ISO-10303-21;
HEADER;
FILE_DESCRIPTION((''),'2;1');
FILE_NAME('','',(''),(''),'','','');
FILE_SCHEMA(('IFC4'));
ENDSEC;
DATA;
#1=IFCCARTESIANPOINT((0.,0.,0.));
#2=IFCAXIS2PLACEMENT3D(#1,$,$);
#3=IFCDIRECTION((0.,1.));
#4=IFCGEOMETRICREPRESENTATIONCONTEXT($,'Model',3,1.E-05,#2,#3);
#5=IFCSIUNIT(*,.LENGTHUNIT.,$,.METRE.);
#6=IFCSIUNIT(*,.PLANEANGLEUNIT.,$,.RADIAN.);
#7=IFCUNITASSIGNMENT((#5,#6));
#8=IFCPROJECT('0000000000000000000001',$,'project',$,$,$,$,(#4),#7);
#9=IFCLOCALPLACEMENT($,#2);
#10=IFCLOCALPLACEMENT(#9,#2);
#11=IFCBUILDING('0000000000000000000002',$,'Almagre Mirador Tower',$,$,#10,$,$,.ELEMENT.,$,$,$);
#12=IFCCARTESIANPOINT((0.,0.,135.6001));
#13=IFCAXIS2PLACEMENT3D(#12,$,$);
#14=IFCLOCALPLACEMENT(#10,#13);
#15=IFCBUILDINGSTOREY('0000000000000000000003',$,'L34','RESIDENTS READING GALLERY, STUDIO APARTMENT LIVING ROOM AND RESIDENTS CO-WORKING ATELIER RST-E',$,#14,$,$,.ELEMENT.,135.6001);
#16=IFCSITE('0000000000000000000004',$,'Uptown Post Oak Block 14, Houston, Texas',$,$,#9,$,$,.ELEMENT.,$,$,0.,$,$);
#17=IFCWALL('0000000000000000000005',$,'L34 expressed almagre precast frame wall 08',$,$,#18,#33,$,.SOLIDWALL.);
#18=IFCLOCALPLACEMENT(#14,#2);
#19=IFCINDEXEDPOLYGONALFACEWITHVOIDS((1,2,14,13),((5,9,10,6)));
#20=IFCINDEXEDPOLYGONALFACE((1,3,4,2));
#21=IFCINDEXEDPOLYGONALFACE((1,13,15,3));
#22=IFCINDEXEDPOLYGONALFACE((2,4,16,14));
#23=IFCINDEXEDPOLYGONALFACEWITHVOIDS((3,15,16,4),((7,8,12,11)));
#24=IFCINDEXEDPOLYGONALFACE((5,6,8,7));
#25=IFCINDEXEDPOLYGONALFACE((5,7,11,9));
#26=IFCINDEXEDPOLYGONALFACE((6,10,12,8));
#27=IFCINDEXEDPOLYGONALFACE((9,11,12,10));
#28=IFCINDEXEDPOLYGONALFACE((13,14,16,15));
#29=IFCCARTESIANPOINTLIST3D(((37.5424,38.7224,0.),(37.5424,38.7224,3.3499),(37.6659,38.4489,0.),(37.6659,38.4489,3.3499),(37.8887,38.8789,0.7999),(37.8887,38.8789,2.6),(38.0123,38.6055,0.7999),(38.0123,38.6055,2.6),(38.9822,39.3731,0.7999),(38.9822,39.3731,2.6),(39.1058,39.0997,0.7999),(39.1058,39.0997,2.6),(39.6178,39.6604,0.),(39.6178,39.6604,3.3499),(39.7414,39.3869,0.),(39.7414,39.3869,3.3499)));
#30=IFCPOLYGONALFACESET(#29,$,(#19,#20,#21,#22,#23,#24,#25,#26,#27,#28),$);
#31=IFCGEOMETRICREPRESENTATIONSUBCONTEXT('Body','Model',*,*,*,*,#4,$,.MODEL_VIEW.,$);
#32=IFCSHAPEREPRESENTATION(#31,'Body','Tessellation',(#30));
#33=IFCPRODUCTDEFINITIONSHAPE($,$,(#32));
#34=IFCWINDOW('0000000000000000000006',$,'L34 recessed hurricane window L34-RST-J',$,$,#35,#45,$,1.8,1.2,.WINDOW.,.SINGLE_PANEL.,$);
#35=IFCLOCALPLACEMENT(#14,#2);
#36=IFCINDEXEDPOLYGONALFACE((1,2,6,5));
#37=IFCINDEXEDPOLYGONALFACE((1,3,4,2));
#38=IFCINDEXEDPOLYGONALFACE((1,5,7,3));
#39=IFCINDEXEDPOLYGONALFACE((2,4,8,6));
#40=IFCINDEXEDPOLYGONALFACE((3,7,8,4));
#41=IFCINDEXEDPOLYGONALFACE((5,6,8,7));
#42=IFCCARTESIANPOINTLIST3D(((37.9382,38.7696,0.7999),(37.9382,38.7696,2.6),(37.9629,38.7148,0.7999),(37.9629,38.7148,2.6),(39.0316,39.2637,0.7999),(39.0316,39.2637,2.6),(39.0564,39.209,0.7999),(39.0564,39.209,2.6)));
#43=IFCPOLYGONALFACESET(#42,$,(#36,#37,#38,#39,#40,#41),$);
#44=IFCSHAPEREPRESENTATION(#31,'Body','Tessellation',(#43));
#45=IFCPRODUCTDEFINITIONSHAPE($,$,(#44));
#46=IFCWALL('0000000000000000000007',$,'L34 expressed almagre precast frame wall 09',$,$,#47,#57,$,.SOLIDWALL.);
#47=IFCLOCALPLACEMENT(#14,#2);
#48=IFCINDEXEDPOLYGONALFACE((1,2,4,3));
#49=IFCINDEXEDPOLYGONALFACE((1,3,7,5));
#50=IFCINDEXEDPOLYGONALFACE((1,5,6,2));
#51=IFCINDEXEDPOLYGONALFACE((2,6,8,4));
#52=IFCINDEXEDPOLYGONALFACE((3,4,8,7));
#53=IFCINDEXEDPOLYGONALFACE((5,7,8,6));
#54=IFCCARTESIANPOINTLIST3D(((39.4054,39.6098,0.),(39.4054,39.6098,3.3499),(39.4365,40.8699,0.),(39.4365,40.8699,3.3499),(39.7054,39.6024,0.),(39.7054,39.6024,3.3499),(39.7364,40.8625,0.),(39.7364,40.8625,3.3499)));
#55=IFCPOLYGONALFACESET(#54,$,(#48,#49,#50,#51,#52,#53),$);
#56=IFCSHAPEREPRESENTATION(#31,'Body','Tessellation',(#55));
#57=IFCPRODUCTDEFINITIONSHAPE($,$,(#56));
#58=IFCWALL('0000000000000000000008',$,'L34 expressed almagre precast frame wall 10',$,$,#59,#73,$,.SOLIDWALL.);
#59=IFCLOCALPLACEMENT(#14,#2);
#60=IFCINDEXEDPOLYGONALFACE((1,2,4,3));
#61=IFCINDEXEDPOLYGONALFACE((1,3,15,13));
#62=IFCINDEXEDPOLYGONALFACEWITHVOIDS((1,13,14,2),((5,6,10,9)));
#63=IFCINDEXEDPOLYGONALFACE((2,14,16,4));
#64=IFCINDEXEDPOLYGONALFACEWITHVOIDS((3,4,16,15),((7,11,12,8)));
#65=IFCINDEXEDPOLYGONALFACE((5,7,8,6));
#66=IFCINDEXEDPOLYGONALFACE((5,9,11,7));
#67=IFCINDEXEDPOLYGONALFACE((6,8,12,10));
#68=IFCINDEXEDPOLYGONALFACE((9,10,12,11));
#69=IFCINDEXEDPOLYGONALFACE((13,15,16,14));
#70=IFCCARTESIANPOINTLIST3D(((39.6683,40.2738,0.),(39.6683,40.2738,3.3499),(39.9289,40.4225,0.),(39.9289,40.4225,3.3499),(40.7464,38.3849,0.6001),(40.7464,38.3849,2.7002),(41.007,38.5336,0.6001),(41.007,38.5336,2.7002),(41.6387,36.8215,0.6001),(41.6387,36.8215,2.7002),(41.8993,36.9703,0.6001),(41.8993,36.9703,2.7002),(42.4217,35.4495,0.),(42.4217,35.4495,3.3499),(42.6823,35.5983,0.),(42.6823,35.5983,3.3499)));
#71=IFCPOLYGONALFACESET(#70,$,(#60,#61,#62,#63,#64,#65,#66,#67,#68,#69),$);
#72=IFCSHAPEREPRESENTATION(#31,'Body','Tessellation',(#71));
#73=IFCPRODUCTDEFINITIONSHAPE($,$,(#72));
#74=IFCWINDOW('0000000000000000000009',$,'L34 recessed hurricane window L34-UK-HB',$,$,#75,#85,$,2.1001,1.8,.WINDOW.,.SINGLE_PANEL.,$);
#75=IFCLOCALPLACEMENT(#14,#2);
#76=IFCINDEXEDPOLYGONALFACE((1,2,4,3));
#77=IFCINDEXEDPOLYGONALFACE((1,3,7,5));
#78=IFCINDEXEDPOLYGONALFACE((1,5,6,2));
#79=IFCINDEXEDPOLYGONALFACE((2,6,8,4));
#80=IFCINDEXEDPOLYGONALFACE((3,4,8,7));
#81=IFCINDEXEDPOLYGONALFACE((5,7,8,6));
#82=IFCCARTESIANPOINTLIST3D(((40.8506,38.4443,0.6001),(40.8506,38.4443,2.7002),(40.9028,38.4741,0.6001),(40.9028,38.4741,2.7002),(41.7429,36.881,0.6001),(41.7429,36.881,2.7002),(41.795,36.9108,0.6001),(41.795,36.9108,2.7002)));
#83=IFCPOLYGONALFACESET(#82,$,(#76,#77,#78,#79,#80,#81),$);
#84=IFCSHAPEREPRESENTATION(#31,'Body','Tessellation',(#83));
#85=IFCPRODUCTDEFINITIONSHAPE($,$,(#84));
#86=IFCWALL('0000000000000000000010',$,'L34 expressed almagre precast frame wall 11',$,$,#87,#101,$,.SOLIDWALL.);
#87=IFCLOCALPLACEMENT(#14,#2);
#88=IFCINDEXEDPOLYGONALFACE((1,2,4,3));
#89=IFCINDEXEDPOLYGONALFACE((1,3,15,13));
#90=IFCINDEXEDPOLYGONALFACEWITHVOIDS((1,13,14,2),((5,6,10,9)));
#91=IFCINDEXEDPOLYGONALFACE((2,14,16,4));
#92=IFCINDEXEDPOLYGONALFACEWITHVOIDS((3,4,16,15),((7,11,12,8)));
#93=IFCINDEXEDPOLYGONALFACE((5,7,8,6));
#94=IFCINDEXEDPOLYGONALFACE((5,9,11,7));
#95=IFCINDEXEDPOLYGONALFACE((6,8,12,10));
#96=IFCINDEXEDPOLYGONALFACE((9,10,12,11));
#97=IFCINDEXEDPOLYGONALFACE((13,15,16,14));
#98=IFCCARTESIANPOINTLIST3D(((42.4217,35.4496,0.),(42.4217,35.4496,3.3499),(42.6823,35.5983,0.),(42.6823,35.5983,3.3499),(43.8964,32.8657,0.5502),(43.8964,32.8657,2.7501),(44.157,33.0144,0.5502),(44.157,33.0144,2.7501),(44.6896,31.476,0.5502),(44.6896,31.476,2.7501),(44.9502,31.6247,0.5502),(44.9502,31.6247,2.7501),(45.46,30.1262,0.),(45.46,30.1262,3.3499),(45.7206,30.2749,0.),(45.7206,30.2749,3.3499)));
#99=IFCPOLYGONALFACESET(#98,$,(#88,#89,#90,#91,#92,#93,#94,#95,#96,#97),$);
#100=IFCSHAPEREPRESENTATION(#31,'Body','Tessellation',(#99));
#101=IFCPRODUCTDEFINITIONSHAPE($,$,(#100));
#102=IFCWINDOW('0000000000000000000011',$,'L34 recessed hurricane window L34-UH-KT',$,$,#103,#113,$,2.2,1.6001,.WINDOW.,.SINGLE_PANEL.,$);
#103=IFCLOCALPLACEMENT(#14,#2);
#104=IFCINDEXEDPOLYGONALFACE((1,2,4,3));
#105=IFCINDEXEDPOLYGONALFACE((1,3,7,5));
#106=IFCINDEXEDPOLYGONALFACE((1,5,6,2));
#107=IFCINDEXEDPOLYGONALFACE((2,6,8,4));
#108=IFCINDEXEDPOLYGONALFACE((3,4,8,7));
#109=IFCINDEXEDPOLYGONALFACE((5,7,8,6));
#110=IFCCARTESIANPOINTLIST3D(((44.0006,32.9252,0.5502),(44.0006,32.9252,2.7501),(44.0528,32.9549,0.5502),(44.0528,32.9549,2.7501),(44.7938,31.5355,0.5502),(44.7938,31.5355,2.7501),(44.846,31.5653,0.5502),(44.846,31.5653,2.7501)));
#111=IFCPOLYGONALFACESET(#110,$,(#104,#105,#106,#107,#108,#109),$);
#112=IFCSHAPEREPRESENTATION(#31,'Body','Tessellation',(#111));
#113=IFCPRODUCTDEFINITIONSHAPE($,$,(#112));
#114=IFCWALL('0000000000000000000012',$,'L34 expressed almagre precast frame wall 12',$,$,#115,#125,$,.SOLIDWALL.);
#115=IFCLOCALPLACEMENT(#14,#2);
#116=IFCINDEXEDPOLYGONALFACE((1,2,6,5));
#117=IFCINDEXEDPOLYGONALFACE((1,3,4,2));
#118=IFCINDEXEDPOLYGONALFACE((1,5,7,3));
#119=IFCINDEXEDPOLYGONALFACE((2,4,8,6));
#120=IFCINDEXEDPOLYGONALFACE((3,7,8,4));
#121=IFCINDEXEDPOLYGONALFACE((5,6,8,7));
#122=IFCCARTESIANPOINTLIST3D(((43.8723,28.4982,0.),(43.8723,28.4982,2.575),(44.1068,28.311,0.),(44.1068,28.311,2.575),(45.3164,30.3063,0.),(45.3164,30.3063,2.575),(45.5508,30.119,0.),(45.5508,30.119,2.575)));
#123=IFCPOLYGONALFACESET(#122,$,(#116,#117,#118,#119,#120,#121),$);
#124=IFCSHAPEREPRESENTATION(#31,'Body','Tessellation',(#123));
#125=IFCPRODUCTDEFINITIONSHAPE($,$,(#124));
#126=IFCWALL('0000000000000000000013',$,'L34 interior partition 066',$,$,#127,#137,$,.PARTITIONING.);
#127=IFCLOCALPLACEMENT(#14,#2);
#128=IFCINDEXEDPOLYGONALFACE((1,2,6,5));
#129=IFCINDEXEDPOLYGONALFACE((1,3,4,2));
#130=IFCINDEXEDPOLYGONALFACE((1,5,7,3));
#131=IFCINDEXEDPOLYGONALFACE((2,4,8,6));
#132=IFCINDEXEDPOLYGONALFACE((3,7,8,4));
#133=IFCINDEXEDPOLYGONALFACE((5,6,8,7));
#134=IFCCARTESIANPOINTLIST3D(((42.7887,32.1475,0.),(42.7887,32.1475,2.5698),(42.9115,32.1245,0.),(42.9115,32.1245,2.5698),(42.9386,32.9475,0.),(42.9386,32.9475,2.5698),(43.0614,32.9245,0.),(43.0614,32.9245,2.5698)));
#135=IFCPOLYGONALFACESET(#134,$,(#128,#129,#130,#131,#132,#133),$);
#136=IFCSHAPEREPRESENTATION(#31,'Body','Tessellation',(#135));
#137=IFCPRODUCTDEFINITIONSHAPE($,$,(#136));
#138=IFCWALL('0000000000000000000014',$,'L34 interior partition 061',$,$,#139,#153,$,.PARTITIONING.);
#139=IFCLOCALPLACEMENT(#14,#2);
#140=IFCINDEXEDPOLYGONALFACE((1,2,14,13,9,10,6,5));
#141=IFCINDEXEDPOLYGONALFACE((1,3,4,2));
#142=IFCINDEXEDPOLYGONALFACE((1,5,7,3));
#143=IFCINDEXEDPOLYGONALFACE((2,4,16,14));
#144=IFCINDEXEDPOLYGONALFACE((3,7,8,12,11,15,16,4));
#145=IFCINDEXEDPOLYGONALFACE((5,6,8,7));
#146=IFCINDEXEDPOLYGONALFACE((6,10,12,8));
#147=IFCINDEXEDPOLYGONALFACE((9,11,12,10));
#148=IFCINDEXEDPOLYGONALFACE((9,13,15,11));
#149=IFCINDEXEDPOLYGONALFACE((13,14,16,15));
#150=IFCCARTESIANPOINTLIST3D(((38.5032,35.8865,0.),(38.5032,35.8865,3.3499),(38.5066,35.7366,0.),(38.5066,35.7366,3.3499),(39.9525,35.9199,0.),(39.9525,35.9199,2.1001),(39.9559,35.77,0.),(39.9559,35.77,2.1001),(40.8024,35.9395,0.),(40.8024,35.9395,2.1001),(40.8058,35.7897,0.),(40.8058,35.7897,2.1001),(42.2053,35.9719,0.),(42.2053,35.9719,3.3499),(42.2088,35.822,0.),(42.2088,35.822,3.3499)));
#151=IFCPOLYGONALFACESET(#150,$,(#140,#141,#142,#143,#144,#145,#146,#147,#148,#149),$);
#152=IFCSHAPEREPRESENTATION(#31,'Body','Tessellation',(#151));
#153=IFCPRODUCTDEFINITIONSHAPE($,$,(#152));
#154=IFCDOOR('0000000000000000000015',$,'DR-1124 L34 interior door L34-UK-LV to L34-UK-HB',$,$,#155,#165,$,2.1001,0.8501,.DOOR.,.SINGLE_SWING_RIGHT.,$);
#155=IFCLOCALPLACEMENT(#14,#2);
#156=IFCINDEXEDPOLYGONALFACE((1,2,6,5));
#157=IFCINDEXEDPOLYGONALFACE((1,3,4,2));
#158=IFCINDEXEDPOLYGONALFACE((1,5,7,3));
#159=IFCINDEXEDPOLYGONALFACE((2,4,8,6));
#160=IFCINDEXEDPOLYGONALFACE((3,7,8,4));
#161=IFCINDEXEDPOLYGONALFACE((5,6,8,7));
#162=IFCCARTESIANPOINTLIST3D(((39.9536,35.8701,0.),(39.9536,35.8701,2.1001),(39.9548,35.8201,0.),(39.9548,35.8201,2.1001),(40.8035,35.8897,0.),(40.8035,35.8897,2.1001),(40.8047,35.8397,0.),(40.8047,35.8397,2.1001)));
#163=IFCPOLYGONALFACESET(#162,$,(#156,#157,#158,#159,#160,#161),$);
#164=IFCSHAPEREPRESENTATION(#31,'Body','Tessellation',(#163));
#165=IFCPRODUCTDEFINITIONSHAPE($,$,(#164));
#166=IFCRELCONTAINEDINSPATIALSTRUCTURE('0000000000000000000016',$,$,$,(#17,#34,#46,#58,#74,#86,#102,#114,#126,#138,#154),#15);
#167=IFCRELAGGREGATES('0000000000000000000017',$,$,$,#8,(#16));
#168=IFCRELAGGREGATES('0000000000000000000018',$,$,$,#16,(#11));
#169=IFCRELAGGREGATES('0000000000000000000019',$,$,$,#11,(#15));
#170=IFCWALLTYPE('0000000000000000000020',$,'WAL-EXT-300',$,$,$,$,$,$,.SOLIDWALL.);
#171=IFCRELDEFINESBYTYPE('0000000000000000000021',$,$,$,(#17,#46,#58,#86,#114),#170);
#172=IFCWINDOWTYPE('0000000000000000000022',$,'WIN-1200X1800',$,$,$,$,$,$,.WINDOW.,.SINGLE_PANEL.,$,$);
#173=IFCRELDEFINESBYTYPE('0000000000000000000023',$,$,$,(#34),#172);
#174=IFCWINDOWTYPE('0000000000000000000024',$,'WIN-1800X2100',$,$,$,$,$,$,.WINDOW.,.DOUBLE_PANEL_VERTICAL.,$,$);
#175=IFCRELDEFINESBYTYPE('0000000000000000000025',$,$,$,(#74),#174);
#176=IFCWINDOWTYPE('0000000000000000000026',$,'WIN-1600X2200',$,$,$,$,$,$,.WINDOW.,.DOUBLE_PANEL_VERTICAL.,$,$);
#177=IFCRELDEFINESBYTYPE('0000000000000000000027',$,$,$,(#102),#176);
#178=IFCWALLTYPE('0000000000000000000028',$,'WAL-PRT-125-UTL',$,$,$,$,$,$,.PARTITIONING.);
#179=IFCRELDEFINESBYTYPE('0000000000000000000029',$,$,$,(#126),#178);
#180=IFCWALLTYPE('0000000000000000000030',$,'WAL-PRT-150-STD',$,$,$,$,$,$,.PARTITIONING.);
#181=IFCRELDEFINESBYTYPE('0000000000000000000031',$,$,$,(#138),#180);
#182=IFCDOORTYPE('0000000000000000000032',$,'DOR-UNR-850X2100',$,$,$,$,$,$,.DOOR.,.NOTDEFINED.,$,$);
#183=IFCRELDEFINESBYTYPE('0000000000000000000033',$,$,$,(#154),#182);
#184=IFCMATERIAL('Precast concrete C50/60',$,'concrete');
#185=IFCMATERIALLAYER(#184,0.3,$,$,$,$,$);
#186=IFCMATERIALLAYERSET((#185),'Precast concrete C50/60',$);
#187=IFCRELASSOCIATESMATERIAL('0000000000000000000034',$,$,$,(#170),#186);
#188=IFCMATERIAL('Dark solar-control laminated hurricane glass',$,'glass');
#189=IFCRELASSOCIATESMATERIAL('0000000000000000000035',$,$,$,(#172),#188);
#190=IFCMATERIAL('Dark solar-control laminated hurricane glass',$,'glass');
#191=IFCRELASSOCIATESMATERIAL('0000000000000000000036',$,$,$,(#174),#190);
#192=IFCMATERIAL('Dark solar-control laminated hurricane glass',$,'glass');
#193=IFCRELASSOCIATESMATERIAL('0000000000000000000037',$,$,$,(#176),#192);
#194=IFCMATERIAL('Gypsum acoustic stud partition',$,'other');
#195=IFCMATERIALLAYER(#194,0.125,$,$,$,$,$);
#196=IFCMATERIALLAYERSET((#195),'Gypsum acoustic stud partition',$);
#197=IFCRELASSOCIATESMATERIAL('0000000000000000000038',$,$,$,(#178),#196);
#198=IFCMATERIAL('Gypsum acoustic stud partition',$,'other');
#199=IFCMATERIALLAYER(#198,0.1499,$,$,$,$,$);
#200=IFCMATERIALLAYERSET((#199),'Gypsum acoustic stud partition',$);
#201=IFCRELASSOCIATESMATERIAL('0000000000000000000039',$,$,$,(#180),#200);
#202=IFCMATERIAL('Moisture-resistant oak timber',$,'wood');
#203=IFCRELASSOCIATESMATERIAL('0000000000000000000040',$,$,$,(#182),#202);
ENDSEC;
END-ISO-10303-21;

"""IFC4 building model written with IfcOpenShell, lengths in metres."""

from ifc_helpers import new_model, si_unit, direction, frame, frame_2d, origin, place, context, subcontext, project, spatial, rectangle, extrude, material, layer, layer_set, type_object, element, fill, save


model = new_model("IFC4")

# Units and contexts
model_context = context("Model", 3, precision=1e-05, world=origin(), true_north=direction((0.0, 1.0)))
body_context = subcontext(model_context, "Body", "Model", "MODEL_VIEW")
ifc_project = project(units=[si_unit("LENGTHUNIT", "METRE"), si_unit("PLANEANGLEUNIT", "RADIAN")], contexts=[model_context])

# Site, building, storey
site_placement = place(None, origin())
site = spatial("IfcSite", under=ifc_project, at=site_placement, Name="Uptown Post Oak Block 14, Houston, Texas", CompositionType="ELEMENT", RefElevation=0.0)
building_placement = place(site_placement, origin())
building = spatial("IfcBuilding", under=site, at=building_placement, Name="Almagre Mirador Tower", CompositionType="ELEMENT")
storey_placement = place(building_placement, frame((0.0, 0.0, 135.6001)))
storey = spatial("IfcBuildingStorey", under=building, at=storey_placement, Name="L34", Description="RESIDENTS READING GALLERY, STUDIO APARTMENT LIVING ROOM AND RESIDENTS CO-WORKING ATELIER RST-E", CompositionType="ELEMENT", Elevation=135.6001)

# Wall, opening, window
ifc_material_1 = material(Name="Precast concrete C50/60", Category="concrete")
ifc_layer_1 = layer(ifc_material_1, 0.3)
ifc_layer_set_1 = layer_set([ifc_layer_1], Name="Precast concrete C50/60")
wall_type_1 = type_object("IfcWallType", Name="WAL-EXT-300", PredefinedType="SOLIDWALL", material=ifc_layer_set_1)
wall_1_placement = place(storey_placement, frame((37.6042, 38.5857, 0.0), z_axis=(0.0, 0.0, 1.0), x_axis=(0.911256, 0.411839, 0.0)))
wall_1 = element("IfcWall", 1, at=wall_1_placement, inside=storey, type_object=wall_type_1, Name="L34 expressed almagre precast frame wall 08", PredefinedType="SOLIDWALL", context=body_context, shape_type="SweptSolid", body=[
    extrude(rectangle(XDim=2.2776, YDim=0.3, at=frame_2d((1.1387, 0.0))), origin(), (0.0, 0.0, 1.0), 3.3499),
])
opening_1_placement = place(wall_1_placement, frame((0.3799, 0.0, 0.8)))
opening_1 = element("IfcOpeningElement", 2, at=opening_1_placement, cuts=wall_1, PredefinedType="OPENING", context=body_context, shape_type="SweptSolid", body=[
    extrude(rectangle(XDim=1.2, YDim=1.8, at=frame_2d((0.6001, 0.8999))), frame((0.0, 0.1599, 0.0), z_axis=(0.0, -1.0, 0.0), x_axis=(1.0, 0.0, 0.0)), (0.0, 0.0, 1.0), 0.32),
])
ifc_material_2 = material(Name="Dark solar-control laminated hurricane glass", Category="glass")
window_type_1 = type_object("IfcWindowType", Name="WIN-1200X1800", PartitioningType="SINGLE_PANEL", PredefinedType="WINDOW", material=ifc_material_2)
window_1_placement = place(opening_1_placement, origin())
window_1 = element("IfcWindow", 3, at=window_1_placement, inside=storey, type_object=window_type_1, Name="L34 recessed hurricane window L34-RST-J", OverallHeight=1.8, OverallWidth=1.2, PartitioningType="SINGLE_PANEL", PredefinedType="WINDOW", context=body_context, shape_type="SweptSolid", body=[
    extrude(rectangle(XDim=1.2, YDim=1.8, at=frame_2d((0.6001, 0.8999))), frame((0.0, 0.03, 0.0), z_axis=(0.0, -1.0, 0.0), x_axis=(1.0, 0.0, 0.0)), (0.0, 0.0, 1.0), 0.0601),
])
fill(opening_1, window_1)

# Wall
wall_2_placement = place(storey_placement, frame((39.5554, 39.606, 0.0), z_axis=(0.0, 0.0, 1.0), x_axis=(0.0246, 0.999697, 0.0)))
element("IfcWall", 4, at=wall_2_placement, inside=storey, type_object=wall_type_1, Name="L34 expressed almagre precast frame wall 09", PredefinedType="SOLIDWALL", context=body_context, shape_type="SweptSolid", body=[
    extrude(rectangle(XDim=1.2605, YDim=0.3, at=frame_2d((0.6304, 0.0))), origin(), (0.0, 0.0, 1.0), 3.3499),
])

# Walls, openings, windows
wall_3_placement = place(storey_placement, frame((39.7986, 40.3481, 0.0), z_axis=(0.0, 0.0, 1.0), x_axis=(0.495694, -0.868497, 0.0)))
wall_3 = element("IfcWall", 5, at=wall_3_placement, inside=storey, type_object=wall_type_1, Name="L34 expressed almagre precast frame wall 10", PredefinedType="SOLIDWALL", context=body_context, shape_type="SweptSolid", body=[
    extrude(rectangle(XDim=5.5547, YDim=0.3, at=frame_2d((2.7773, 0.0))), origin(), (0.0, 0.0, 1.0), 3.3499),
])
opening_2_placement = place(wall_3_placement, frame((2.175, 0.0, 0.6001)))
opening_2 = element("IfcOpeningElement", 6, at=opening_2_placement, cuts=wall_3, PredefinedType="OPENING", context=body_context, shape_type="SweptSolid", body=[
    extrude(rectangle(XDim=1.8, YDim=2.1001, at=frame_2d((0.8999, 1.05))), frame((0.0, 0.1599, 0.0), z_axis=(0.0, -1.0, 0.0), x_axis=(1.0, 0.0, 0.0)), (0.0, 0.0, 1.0), 0.32),
])
ifc_material_3 = material(Name="Dark solar-control laminated hurricane glass", Category="glass")
window_type_2 = type_object("IfcWindowType", Name="WIN-1800X2100", PartitioningType="DOUBLE_PANEL_VERTICAL", PredefinedType="WINDOW", material=ifc_material_3)
window_2_placement = place(opening_2_placement, origin())
window_2 = element("IfcWindow", 7, at=window_2_placement, inside=storey, type_object=window_type_2, Name="L34 recessed hurricane window L34-UK-HB", OverallHeight=2.1001, OverallWidth=1.8, PartitioningType="SINGLE_PANEL", PredefinedType="WINDOW", context=body_context, shape_type="SweptSolid", body=[
    extrude(rectangle(XDim=1.8, YDim=2.1001, at=frame_2d((0.8999, 1.05))), frame((0.0, 0.03, 0.0), z_axis=(0.0, -1.0, 0.0), x_axis=(1.0, 0.0, 0.0)), (0.0, 0.0, 1.0), 0.0601),
])
fill(opening_2, window_2)
wall_4_placement = place(storey_placement, frame((42.552, 35.5239, 0.0), z_axis=(0.0, 0.0, 1.0), x_axis=(0.495688, -0.8685, 0.0)))
wall_4 = element("IfcWall", 8, at=wall_4_placement, inside=storey, type_object=wall_type_1, Name="L34 expressed almagre precast frame wall 11", PredefinedType="SOLIDWALL", context=body_context, shape_type="SweptSolid", body=[
    extrude(rectangle(XDim=6.1294, YDim=0.3, at=frame_2d((3.0647, 0.0))), origin(), (0.0, 0.0, 1.0), 3.3499),
])
opening_3_placement = place(wall_4_placement, frame((2.9751, 0.0, 0.55)))
opening_3 = element("IfcOpeningElement", 9, at=opening_3_placement, cuts=wall_4, PredefinedType="OPENING", context=body_context, shape_type="SweptSolid", body=[
    extrude(rectangle(XDim=1.6001, YDim=2.2, at=frame_2d((0.8, 1.1001))), frame((0.0, 0.1599, 0.0), z_axis=(0.0, -1.0, 0.0), x_axis=(1.0, 0.0, 0.0)), (0.0, 0.0, 1.0), 0.32),
])
ifc_material_4 = material(Name="Dark solar-control laminated hurricane glass", Category="glass")
window_type_3 = type_object("IfcWindowType", Name="WIN-1600X2200", PartitioningType="DOUBLE_PANEL_VERTICAL", PredefinedType="WINDOW", material=ifc_material_4)
window_3_placement = place(opening_3_placement, origin())
window_3 = element("IfcWindow", 10, at=window_3_placement, inside=storey, type_object=window_type_3, Name="L34 recessed hurricane window L34-UH-KT", OverallHeight=2.2, OverallWidth=1.6001, PartitioningType="SINGLE_PANEL", PredefinedType="WINDOW", context=body_context, shape_type="SweptSolid", body=[
    extrude(rectangle(XDim=1.6001, YDim=2.2, at=frame_2d((0.8, 1.1001))), frame((0.0, 0.03, 0.0), z_axis=(0.0, -1.0, 0.0), x_axis=(1.0, 0.0, 0.0)), (0.0, 0.0, 1.0), 0.0601),
])
fill(opening_3, window_3)

# Walls
wall_5_placement = place(storey_placement, frame((45.4336, 30.2126, 0.0), z_axis=(0.0, 0.0, 1.0), x_axis=(-0.624064, -0.781373, 0.0)))
element("IfcWall", 11, at=wall_5_placement, inside=storey, type_object=wall_type_1, Name="L34 expressed almagre precast frame wall 12", PredefinedType="SOLIDWALL", context=body_context, shape_type="SweptSolid", body=[
    extrude(rectangle(XDim=2.314, YDim=0.3, at=frame_2d((1.157, 0.0))), origin(), (0.0, 0.0, 1.0), 2.575),
])
ifc_material_5 = material(Name="Gypsum acoustic stud partition", Category="other")
ifc_layer_2 = layer(ifc_material_5, 0.125)
ifc_layer_set_2 = layer_set([ifc_layer_2], Name="Gypsum acoustic stud partition")
wall_type_2 = type_object("IfcWallType", Name="WAL-PRT-125-UTL", PredefinedType="PARTITIONING", material=ifc_layer_set_2)
wall_6_placement = place(storey_placement, frame((43.0, 32.936, 0.0), z_axis=(0.0, 0.0, 1.0), x_axis=(-0.184162, -0.982896, 0.0)))
element("IfcWall", 12, at=wall_6_placement, inside=storey, type_object=wall_type_2, Name="L34 interior partition 066", PredefinedType="PARTITIONING", context=body_context, shape_type="SweptSolid", body=[
    extrude(rectangle(XDim=0.814, YDim=0.125, at=frame_2d((0.407, 0.0))), origin(), (0.0, 0.0, 1.0), 2.5698),
])

# Wall, opening, door
ifc_material_6 = material(Name="Gypsum acoustic stud partition", Category="other")
ifc_layer_3 = layer(ifc_material_6, 0.1499)
ifc_layer_set_3 = layer_set([ifc_layer_3], Name="Gypsum acoustic stud partition")
wall_type_3 = type_object("IfcWallType", Name="WAL-PRT-150-STD", PredefinedType="PARTITIONING", material=ifc_layer_set_3)
wall_7_placement = place(storey_placement, frame((42.207, 35.897, 0.0), z_axis=(0.0, 0.0, 1.0), x_axis=(-0.999734, -0.023075, 0.0)))
wall_7 = element("IfcWall", 13, at=wall_7_placement, inside=storey, type_object=wall_type_3, Name="L34 interior partition 061", PredefinedType="PARTITIONING", context=body_context, shape_type="SweptSolid", body=[
    extrude(rectangle(XDim=3.7031, YDim=0.1499, at=frame_2d((1.8516, 0.0))), origin(), (0.0, 0.0, 1.0), 3.3499),
])
opening_4_placement = place(wall_7_placement, frame((1.4033, 0.0, 0.0)))
opening_4 = element("IfcOpeningElement", 14, at=opening_4_placement, cuts=wall_7, PredefinedType="OPENING", context=body_context, shape_type="SweptSolid", body=[
    extrude(rectangle(XDim=0.8501, YDim=2.1001, at=frame_2d((0.425, 1.05))), frame((0.0, 0.085, 0.0), z_axis=(0.0, -1.0, 0.0), x_axis=(1.0, 0.0, 0.0)), (0.0, 0.0, 1.0), 0.1699),
])
ifc_material_7 = material(Name="Moisture-resistant oak timber", Category="wood")
door_type_1 = type_object("IfcDoorType", Name="DOR-UNR-850X2100", OperationType="NOTDEFINED", PredefinedType="DOOR", material=ifc_material_7)
door_1_placement = place(opening_4_placement, origin())
door_1 = element("IfcDoor", 15, at=door_1_placement, inside=storey, type_object=door_type_1, Name="DR-1124 L34 interior door L34-UK-LV to L34-UK-HB", OperationType="SINGLE_SWING_RIGHT", OverallHeight=2.1001, OverallWidth=0.8501, PredefinedType="DOOR", context=body_context, shape_type="SweptSolid", body=[
    extrude(rectangle(XDim=0.8501, YDim=2.1001, at=frame_2d((0.425, 1.05))), frame((0.0, 0.0249, 0.0), z_axis=(0.0, -1.0, 0.0), x_axis=(1.0, 0.0, 0.0)), (0.0, 0.0, 1.0), 0.05),
])
fill(opening_4, door_1)

save(model, "model.ifc")
